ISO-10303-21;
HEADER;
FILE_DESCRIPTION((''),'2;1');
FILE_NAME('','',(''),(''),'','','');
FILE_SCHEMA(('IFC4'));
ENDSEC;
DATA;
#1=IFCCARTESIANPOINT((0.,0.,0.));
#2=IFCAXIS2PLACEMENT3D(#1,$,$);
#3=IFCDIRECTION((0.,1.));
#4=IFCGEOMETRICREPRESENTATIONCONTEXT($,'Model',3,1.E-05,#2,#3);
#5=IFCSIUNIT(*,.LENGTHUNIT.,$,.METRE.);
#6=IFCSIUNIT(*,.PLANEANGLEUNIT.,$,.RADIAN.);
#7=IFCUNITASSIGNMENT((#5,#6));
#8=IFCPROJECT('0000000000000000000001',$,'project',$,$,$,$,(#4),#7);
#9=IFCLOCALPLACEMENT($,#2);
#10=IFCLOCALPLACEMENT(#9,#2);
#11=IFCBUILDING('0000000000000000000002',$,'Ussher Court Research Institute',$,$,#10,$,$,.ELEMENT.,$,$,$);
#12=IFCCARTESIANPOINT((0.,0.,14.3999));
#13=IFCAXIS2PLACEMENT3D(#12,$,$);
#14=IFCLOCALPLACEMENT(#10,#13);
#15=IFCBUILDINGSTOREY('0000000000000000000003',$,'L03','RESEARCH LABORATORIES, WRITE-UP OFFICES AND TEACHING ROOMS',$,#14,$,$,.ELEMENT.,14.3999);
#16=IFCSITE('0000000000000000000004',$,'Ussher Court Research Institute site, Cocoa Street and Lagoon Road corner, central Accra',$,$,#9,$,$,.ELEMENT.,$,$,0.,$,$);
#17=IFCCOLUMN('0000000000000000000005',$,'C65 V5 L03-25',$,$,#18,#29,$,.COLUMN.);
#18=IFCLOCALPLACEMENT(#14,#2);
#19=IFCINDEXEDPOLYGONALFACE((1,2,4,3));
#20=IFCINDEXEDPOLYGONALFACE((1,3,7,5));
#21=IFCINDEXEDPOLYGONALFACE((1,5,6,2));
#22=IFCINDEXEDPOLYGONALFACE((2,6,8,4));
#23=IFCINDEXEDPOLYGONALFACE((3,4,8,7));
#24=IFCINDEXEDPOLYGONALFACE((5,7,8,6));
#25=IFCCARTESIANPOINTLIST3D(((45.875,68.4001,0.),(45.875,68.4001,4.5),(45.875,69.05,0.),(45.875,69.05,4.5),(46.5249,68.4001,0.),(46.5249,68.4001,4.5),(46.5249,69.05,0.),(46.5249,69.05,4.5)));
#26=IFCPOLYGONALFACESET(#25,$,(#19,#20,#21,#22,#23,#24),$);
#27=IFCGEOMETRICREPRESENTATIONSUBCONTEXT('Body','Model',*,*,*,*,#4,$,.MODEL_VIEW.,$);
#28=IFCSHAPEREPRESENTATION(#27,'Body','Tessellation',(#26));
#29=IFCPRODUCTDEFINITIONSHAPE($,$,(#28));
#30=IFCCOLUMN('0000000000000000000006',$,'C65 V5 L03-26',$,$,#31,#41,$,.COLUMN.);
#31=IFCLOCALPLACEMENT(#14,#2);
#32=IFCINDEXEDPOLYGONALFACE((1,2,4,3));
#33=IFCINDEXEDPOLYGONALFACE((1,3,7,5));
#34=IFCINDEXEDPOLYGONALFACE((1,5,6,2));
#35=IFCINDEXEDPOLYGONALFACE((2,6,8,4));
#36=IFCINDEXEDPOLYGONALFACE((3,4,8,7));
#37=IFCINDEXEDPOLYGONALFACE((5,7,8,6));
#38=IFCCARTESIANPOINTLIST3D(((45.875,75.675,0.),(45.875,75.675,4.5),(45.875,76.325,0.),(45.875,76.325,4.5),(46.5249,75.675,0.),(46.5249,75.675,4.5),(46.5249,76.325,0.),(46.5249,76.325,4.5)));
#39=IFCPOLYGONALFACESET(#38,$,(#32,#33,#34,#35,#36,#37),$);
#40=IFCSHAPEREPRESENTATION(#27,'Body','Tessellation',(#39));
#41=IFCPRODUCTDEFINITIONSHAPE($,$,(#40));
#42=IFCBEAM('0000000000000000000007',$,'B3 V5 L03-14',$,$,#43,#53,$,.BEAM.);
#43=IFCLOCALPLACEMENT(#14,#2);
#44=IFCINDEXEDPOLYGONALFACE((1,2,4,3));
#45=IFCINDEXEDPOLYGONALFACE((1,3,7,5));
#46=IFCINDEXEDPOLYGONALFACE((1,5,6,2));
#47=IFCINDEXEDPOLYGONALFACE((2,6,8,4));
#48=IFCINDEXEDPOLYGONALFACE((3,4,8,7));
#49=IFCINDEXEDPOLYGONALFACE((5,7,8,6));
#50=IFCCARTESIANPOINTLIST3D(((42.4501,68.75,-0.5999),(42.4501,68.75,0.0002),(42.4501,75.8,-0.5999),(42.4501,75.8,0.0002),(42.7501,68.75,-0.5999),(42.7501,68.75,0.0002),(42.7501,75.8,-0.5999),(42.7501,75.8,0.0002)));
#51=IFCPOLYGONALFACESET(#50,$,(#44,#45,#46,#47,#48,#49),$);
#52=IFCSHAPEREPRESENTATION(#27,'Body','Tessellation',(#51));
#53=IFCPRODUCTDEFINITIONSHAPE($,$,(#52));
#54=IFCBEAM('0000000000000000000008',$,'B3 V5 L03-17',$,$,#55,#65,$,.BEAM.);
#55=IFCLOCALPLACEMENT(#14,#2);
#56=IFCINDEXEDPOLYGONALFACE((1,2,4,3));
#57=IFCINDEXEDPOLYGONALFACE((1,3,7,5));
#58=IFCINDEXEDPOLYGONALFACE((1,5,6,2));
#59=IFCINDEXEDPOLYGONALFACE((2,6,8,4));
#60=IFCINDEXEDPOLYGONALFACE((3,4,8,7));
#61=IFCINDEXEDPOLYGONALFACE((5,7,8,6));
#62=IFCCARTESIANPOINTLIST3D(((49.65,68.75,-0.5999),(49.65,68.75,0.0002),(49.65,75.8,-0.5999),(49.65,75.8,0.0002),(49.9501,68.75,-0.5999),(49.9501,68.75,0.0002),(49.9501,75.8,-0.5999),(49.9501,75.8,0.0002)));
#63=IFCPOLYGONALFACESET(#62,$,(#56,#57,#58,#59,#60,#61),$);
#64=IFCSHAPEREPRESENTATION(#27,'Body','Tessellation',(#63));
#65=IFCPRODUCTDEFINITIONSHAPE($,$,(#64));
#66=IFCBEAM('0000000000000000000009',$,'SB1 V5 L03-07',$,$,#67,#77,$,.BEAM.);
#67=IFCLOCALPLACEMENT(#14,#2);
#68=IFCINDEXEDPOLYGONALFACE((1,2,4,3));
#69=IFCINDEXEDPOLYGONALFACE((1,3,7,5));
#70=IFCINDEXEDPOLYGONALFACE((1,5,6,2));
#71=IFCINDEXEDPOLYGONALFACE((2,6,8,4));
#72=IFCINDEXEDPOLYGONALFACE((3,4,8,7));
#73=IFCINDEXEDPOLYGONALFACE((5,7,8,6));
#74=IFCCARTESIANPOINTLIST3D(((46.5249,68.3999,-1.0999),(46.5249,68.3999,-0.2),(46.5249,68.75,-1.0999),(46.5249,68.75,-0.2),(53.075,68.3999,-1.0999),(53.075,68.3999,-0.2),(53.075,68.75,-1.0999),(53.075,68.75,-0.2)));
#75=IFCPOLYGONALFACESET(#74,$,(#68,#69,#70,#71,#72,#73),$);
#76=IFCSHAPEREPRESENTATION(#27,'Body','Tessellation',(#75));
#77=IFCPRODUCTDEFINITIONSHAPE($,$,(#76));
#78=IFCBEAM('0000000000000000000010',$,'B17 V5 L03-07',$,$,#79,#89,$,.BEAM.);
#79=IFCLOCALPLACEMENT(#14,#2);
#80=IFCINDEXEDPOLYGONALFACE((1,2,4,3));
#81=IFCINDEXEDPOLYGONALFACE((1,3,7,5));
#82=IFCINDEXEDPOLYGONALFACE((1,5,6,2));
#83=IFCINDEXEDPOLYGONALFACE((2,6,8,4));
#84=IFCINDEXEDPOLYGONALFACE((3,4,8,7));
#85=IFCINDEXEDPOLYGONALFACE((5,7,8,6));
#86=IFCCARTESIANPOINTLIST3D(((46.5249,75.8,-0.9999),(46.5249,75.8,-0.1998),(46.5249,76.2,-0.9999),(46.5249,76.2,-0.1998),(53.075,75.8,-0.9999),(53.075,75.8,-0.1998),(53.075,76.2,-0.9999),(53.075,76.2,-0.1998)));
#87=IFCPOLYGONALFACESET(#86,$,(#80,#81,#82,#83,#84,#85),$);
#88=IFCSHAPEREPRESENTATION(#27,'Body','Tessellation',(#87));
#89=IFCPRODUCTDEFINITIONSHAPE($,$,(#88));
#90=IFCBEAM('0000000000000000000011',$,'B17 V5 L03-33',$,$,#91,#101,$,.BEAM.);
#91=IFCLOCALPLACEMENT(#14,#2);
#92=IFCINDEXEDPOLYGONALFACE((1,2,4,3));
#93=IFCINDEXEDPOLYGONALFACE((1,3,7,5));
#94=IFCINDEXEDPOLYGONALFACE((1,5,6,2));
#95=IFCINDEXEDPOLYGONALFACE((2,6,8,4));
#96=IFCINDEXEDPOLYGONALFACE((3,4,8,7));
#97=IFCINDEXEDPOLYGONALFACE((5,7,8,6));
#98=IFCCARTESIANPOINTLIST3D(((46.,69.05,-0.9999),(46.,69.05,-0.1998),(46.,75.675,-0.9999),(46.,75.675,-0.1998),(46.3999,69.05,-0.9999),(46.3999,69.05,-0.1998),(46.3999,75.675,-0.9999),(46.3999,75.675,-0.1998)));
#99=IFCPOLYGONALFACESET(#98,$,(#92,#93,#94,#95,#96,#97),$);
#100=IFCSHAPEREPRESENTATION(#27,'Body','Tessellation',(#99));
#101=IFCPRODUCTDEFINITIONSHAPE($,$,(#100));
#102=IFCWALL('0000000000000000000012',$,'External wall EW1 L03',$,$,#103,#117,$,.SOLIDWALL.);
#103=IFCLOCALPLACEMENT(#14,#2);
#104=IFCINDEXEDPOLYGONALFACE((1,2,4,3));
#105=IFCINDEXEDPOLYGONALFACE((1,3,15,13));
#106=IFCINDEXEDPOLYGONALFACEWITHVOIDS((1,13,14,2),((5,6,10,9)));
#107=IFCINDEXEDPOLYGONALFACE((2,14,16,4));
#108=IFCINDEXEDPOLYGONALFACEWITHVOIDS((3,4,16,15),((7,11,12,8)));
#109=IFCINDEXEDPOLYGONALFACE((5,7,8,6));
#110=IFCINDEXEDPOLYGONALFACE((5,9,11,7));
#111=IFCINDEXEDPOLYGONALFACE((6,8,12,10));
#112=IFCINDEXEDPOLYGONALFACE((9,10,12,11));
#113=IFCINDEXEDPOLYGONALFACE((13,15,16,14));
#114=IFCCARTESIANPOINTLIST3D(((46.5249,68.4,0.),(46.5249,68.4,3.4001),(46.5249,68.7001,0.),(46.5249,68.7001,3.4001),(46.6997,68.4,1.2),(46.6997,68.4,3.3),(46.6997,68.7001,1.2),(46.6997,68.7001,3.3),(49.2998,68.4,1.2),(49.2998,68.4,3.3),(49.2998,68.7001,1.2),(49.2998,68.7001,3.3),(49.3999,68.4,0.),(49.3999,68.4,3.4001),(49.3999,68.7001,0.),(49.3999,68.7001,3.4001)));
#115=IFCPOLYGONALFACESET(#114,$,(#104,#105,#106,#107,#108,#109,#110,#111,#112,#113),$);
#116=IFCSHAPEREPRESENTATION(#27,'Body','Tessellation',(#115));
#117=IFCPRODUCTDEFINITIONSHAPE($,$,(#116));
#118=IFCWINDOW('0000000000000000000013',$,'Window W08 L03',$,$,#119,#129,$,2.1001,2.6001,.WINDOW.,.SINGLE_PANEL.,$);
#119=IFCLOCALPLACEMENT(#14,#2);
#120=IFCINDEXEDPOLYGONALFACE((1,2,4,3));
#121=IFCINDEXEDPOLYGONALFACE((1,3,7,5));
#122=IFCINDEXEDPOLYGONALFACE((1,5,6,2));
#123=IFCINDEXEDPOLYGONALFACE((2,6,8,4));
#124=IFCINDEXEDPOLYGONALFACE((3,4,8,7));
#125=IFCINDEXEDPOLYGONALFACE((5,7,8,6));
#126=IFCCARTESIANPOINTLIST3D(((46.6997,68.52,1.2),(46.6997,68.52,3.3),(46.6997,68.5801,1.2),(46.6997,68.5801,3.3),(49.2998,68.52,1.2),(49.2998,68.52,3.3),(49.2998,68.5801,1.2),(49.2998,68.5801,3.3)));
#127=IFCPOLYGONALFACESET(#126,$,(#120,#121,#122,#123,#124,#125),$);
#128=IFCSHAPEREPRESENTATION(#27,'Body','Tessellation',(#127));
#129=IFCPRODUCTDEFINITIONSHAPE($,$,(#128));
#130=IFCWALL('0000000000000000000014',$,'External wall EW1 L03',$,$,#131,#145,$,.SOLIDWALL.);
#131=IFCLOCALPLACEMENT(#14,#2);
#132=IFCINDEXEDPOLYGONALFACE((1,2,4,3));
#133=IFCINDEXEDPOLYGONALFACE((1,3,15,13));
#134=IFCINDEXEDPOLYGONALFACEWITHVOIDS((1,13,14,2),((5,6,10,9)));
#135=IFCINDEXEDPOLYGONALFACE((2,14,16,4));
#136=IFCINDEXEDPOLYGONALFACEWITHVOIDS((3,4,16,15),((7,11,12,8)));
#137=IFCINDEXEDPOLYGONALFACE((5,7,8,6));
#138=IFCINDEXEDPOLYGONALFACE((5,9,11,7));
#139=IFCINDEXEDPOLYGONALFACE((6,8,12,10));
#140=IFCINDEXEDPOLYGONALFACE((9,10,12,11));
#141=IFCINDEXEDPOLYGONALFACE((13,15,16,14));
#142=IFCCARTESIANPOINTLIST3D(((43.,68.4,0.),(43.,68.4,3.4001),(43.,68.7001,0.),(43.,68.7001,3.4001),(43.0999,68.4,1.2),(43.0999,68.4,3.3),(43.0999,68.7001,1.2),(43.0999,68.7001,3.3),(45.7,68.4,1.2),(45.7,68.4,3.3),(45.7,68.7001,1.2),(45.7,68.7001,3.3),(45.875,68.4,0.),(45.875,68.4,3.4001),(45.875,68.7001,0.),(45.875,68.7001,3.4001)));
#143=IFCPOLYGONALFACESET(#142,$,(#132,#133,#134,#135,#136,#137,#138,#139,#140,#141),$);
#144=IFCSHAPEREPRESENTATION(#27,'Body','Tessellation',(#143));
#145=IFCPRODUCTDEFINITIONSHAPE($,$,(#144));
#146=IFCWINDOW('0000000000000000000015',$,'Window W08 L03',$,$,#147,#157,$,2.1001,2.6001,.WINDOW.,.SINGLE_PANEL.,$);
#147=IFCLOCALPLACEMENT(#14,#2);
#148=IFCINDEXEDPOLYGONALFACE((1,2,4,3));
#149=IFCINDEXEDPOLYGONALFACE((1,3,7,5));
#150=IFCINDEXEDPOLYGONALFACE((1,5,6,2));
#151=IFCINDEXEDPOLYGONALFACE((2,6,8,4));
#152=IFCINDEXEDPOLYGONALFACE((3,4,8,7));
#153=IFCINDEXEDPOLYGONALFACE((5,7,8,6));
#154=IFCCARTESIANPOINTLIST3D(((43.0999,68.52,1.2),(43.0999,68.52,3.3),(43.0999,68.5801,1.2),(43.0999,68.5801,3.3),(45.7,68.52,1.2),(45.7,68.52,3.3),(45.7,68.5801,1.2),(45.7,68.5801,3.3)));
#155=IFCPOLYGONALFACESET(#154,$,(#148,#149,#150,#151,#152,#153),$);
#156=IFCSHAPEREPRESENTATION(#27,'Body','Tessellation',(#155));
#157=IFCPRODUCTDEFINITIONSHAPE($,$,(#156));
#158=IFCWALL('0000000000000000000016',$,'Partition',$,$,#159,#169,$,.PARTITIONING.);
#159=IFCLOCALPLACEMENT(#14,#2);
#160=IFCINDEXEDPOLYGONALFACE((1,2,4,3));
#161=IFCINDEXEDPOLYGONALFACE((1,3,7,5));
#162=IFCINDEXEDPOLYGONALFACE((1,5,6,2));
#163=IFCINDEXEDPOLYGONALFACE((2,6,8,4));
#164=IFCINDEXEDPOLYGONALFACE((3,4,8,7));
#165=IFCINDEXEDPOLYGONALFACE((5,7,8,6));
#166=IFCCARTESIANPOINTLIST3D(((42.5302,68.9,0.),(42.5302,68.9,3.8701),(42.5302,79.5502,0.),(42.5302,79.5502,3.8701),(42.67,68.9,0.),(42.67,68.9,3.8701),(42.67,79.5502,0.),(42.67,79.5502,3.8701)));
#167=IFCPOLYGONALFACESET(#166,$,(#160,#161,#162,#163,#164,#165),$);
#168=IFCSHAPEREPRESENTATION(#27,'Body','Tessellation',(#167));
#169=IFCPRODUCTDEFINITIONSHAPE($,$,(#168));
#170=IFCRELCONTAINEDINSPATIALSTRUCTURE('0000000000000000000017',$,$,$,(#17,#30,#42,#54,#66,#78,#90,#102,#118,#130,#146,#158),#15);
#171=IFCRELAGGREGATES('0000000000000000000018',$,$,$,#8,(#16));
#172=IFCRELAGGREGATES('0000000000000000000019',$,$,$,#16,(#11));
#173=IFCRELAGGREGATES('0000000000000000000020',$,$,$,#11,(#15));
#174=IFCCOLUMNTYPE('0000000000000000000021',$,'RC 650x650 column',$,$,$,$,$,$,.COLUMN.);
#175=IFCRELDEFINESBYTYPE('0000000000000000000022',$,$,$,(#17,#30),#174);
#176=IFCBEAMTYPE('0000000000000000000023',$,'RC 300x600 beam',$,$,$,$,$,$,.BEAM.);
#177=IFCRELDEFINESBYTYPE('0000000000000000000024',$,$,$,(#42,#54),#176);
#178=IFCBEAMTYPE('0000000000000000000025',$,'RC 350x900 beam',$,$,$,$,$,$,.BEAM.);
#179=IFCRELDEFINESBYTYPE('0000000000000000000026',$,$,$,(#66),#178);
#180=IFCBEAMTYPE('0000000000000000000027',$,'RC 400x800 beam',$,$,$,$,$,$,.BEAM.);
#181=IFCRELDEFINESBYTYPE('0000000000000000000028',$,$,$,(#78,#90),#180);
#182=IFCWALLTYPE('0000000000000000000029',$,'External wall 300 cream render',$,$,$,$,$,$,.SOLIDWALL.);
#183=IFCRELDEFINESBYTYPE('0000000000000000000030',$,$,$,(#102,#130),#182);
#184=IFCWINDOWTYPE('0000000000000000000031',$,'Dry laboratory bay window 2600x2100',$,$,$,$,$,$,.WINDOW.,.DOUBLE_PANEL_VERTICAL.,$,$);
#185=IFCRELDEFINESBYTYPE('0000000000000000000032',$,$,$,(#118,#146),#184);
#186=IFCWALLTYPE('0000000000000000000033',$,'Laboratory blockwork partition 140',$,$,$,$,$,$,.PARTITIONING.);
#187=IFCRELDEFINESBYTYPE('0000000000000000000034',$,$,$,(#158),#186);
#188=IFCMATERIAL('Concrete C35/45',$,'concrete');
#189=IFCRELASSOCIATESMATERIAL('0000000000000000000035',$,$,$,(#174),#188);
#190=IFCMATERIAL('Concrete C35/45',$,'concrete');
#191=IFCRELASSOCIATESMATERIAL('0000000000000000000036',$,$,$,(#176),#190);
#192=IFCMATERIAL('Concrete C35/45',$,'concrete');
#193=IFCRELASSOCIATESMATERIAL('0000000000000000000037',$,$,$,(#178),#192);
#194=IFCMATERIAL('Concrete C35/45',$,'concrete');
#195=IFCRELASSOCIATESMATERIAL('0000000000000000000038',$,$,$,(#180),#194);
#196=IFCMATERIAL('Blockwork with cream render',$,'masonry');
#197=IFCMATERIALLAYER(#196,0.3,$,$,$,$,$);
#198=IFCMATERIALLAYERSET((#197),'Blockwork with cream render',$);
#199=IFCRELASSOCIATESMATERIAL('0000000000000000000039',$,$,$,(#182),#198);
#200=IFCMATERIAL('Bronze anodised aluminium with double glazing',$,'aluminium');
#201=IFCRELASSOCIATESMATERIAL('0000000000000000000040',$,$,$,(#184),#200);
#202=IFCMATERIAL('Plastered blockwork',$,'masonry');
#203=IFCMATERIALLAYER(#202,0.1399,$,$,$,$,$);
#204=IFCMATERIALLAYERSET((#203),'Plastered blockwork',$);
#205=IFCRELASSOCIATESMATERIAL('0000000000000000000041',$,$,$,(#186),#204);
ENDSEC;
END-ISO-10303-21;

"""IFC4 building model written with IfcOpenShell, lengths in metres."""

from ifc_helpers import new_model, si_unit, direction, frame, frame_2d, origin, origin_2d, place, context, subcontext, project, spatial, rectangle, extrude, material, layer, layer_set, material_profile, profile_set, type_object, element, fill, save


model = new_model("IFC4")

# Units and contexts
model_context = context("Model", 3, precision=1e-05, world=origin(), true_north=direction((0.0, 1.0)))
body_context = subcontext(model_context, "Body", "Model", "MODEL_VIEW")
ifc_project = project(units=[si_unit("LENGTHUNIT", "METRE"), si_unit("PLANEANGLEUNIT", "RADIAN")], contexts=[model_context])

# Site, building, storey
site_placement = place(None, origin())
site = spatial("IfcSite", under=ifc_project, at=site_placement, Name="Ussher Court Research Institute site, Cocoa Street and Lagoon Road corner, central Accra", CompositionType="ELEMENT", RefElevation=0.0)
building_placement = place(site_placement, origin())
building = spatial("IfcBuilding", under=site, at=building_placement, Name="Ussher Court Research Institute", CompositionType="ELEMENT")
storey_placement = place(building_placement, frame((0.0, 0.0, 14.3999)))
storey = spatial("IfcBuildingStorey", under=building, at=storey_placement, Name="L03", Description="RESEARCH LABORATORIES, WRITE-UP OFFICES AND TEACHING ROOMS", CompositionType="ELEMENT", Elevation=14.3999)

# Columns
ifc_material_1 = material(Name="Concrete C35/45", Category="concrete")
ifc_material_profile_1 = material_profile(ifc_material_1, rectangle(XDim=0.6499, YDim=0.6499, at=origin_2d()), Name="RC 650x650")
ifc_profile_set_1 = profile_set([ifc_material_profile_1], Name="Concrete C35/45")
column_type = type_object("IfcColumnType", Name="RC 650x650 column", PredefinedType="COLUMN", material=ifc_profile_set_1)
for number, where, z_axis, x_axis, name in (
    (1, (46.2, 68.7251, 0.0), (0.0, 0.0, 1.0), (1.0, 0.0, 0.0), "C65 V5 L03-25"),
    (2, (46.2, 76.0, 0.0), (0.0, 0.0, 1.0), (1.0, 0.0, 0.0), "C65 V5 L03-26"),
):
    element("IfcColumn", number, at=place(storey_placement, frame(where, z_axis=z_axis, x_axis=x_axis)), inside=storey, type_object=column_type, Name=name, PredefinedType="COLUMN", context=body_context, shape_type="SweptSolid", body=[
        extrude(rectangle(XDim=0.6499, YDim=0.6499, at=origin_2d()), origin(), (0.0, 0.0, 1.0), 4.5),
    ])

# Beams
ifc_material_2 = material(Name="Concrete C35/45", Category="concrete")
ifc_material_profile_2 = material_profile(ifc_material_2, rectangle(XDim=0.3, YDim=0.6001, at=origin_2d()), Name="RC 300x600")
ifc_profile_set_2 = profile_set([ifc_material_profile_2], Name="Concrete C35/45")
beam_type_1 = type_object("IfcBeamType", Name="RC 300x600 beam", PredefinedType="BEAM", material=ifc_profile_set_2)
for number, where, z_axis, x_axis, name in (
    (3, (42.6001, 68.75, -0.2998), (0.0, 1.0, 0.0), (-1.0, 0.0, 0.0), "B3 V5 L03-14"),
    (4, (49.8, 68.75, -0.2998), (0.0, 1.0, 0.0), (-1.0, 0.0, 0.0), "B3 V5 L03-17"),
):
    element("IfcBeam", number, at=place(storey_placement, frame(where, z_axis=z_axis, x_axis=x_axis)), inside=storey, type_object=beam_type_1, Name=name, PredefinedType="BEAM", context=body_context, shape_type="SweptSolid", body=[
        extrude(rectangle(XDim=0.3, YDim=0.6001, at=origin_2d()), origin(), (0.0, 0.0, 1.0), 7.05),
    ])
ifc_material_3 = material(Name="Concrete C35/45", Category="concrete")
ifc_material_profile_3 = material_profile(ifc_material_3, rectangle(XDim=0.3501, YDim=0.8999, at=origin_2d()), Name="RC 350x900")
ifc_profile_set_3 = profile_set([ifc_material_profile_3], Name="Concrete C35/45")
beam_type_2 = type_object("IfcBeamType", Name="RC 350x900 beam", PredefinedType="BEAM", material=ifc_profile_set_3)
beam_1_placement = place(storey_placement, frame((46.5249, 68.575, -0.6499), z_axis=(1.0, 0.0, 0.0), x_axis=(0.0, 1.0, 0.0)))
element("IfcBeam", 5, at=beam_1_placement, inside=storey, type_object=beam_type_2, Name="SB1 V5 L03-07", PredefinedType="BEAM", context=body_context, shape_type="SweptSolid", body=[
    extrude(rectangle(XDim=0.3501, YDim=0.8999, at=origin_2d()), origin(), (0.0, 0.0, 1.0), 6.55),
])
ifc_material_4 = material(Name="Concrete C35/45", Category="concrete")
ifc_material_profile_4 = material_profile(ifc_material_4, rectangle(XDim=0.3999, YDim=0.8, at=origin_2d()), Name="RC 400x800")
ifc_profile_set_4 = profile_set([ifc_material_profile_4], Name="Concrete C35/45")
beam_type_3 = type_object("IfcBeamType", Name="RC 400x800 beam", PredefinedType="BEAM", material=ifc_profile_set_4)
beam_2_placement = place(storey_placement, frame((46.5249, 76.0, -0.5999), z_axis=(1.0, 0.0, 0.0), x_axis=(0.0, 1.0, 0.0)))
element("IfcBeam", 6, at=beam_2_placement, inside=storey, type_object=beam_type_3, Name="B17 V5 L03-07", PredefinedType="BEAM", context=body_context, shape_type="SweptSolid", body=[
    extrude(rectangle(XDim=0.3999, YDim=0.8, at=origin_2d()), origin(), (0.0, 0.0, 1.0), 6.55),
])
beam_3_placement = place(storey_placement, frame((46.2, 69.05, -0.5999), z_axis=(0.0, 1.0, 0.0), x_axis=(-1.0, 0.0, 0.0)))
element("IfcBeam", 7, at=beam_3_placement, inside=storey, type_object=beam_type_3, Name="B17 V5 L03-33", PredefinedType="BEAM", context=body_context, shape_type="SweptSolid", body=[
    extrude(rectangle(XDim=0.3999, YDim=0.8, at=origin_2d()), origin(), (0.0, 0.0, 1.0), 6.625),
])

# Walls, openings, windows
ifc_material_5 = material(Name="Blockwork with cream render", Category="masonry")
ifc_layer_1 = layer(ifc_material_5, 0.3)
ifc_layer_set_1 = layer_set([ifc_layer_1], Name="Blockwork with cream render")
wall_type_1 = type_object("IfcWallType", Name="External wall 300 cream render", PredefinedType="SOLIDWALL", material=ifc_layer_set_1)
wall_1_placement = place(storey_placement, frame((49.3999, 68.55, 0.0), z_axis=(0.0, 0.0, 1.0), x_axis=(-1.0, 0.0, 0.0)))
wall_1 = element("IfcWall", 8, at=wall_1_placement, inside=storey, type_object=wall_type_1, Name="External wall EW1 L03", PredefinedType="SOLIDWALL", context=body_context, shape_type="SweptSolid", body=[
    extrude(rectangle(XDim=2.875, YDim=0.3, at=frame_2d((1.4375, 0.0))), origin(), (0.0, 0.0, 1.0), 3.4001),
])
opening_1_placement = place(wall_1_placement, frame((0.1001, 0.0, 1.2)))
opening_1 = element("IfcOpeningElement", 9, at=opening_1_placement, cuts=wall_1, PredefinedType="OPENING", context=body_context, shape_type="SweptSolid", body=[
    extrude(rectangle(XDim=2.6001, YDim=2.1001, at=frame_2d((1.3, 1.05))), frame((0.0, 0.1602, 0.0), z_axis=(0.0, -1.0, 0.0), x_axis=(1.0, 0.0, 0.0)), (0.0, 0.0, 1.0), 0.3201),
])
ifc_material_6 = material(Name="Bronze anodised aluminium with double glazing", Category="aluminium")
window_type = type_object("IfcWindowType", Name="Dry laboratory bay window 2600x2100", PartitioningType="DOUBLE_PANEL_VERTICAL", PredefinedType="WINDOW", material=ifc_material_6)
window_1_placement = place(opening_1_placement, origin())
window_1 = element("IfcWindow", 10, at=window_1_placement, inside=storey, type_object=window_type, Name="Window W08 L03", OverallHeight=2.1001, OverallWidth=2.6001, PartitioningType="SINGLE_PANEL", PredefinedType="WINDOW", context=body_context, shape_type="SweptSolid", body=[
    extrude(rectangle(XDim=2.6001, YDim=2.1001, at=frame_2d((1.3, 1.05))), frame((0.0, 0.03, 0.0), z_axis=(0.0, -1.0, 0.0), x_axis=(1.0, 0.0, 0.0)), (0.0, 0.0, 1.0), 0.0601),
])
fill(opening_1, window_1)
wall_2_placement = place(storey_placement, frame((45.875, 68.55, 0.0), z_axis=(0.0, 0.0, 1.0), x_axis=(-1.0, 0.0, 0.0)))
wall_2 = element("IfcWall", 11, at=wall_2_placement, inside=storey, type_object=wall_type_1, Name="External wall EW1 L03", PredefinedType="SOLIDWALL", context=body_context, shape_type="SweptSolid", body=[
    extrude(rectangle(XDim=2.875, YDim=0.3, at=frame_2d((1.4375, 0.0))), origin(), (0.0, 0.0, 1.0), 3.4001),
])
opening_2_placement = place(wall_2_placement, frame((0.175, 0.0, 1.2)))
opening_2 = element("IfcOpeningElement", 12, at=opening_2_placement, cuts=wall_2, PredefinedType="OPENING", context=body_context, shape_type="SweptSolid", body=[
    extrude(rectangle(XDim=2.6001, YDim=2.1001, at=frame_2d((1.3, 1.05))), frame((0.0, 0.1602, 0.0), z_axis=(0.0, -1.0, 0.0), x_axis=(1.0, 0.0, 0.0)), (0.0, 0.0, 1.0), 0.3201),
])
window_2_placement = place(opening_2_placement, origin())
window_2 = element("IfcWindow", 13, at=window_2_placement, inside=storey, type_object=window_type, Name="Window W08 L03", OverallHeight=2.1001, OverallWidth=2.6001, PartitioningType="SINGLE_PANEL", PredefinedType="WINDOW", context=body_context, shape_type="SweptSolid", body=[
    extrude(rectangle(XDim=2.6001, YDim=2.1001, at=frame_2d((1.3, 1.05))), frame((0.0, 0.03, 0.0), z_axis=(0.0, -1.0, 0.0), x_axis=(1.0, 0.0, 0.0)), (0.0, 0.0, 1.0), 0.0601),
])
fill(opening_2, window_2)

# Wall
ifc_material_7 = material(Name="Plastered blockwork", Category="masonry")
ifc_layer_2 = layer(ifc_material_7, 0.1399)
ifc_layer_set_2 = layer_set([ifc_layer_2], Name="Plastered blockwork")
wall_type_2 = type_object("IfcWallType", Name="Laboratory blockwork partition 140", PredefinedType="PARTITIONING", material=ifc_layer_set_2)
wall_3_placement = place(storey_placement, frame((42.6001, 68.8999, 0.0), z_axis=(0.0, 0.0, 1.0), x_axis=(0.0, 1.0, 0.0)))
element("IfcWall", 14, at=wall_3_placement, inside=storey, type_object=wall_type_2, Name="Partition", PredefinedType="PARTITIONING", context=body_context, shape_type="SweptSolid", body=[
    extrude(rectangle(XDim=10.6501, YDim=0.1399, at=frame_2d((5.3252, 0.0))), origin(), (0.0, 0.0, 1.0), 3.8701),
])

save(model, "model.ifc")
